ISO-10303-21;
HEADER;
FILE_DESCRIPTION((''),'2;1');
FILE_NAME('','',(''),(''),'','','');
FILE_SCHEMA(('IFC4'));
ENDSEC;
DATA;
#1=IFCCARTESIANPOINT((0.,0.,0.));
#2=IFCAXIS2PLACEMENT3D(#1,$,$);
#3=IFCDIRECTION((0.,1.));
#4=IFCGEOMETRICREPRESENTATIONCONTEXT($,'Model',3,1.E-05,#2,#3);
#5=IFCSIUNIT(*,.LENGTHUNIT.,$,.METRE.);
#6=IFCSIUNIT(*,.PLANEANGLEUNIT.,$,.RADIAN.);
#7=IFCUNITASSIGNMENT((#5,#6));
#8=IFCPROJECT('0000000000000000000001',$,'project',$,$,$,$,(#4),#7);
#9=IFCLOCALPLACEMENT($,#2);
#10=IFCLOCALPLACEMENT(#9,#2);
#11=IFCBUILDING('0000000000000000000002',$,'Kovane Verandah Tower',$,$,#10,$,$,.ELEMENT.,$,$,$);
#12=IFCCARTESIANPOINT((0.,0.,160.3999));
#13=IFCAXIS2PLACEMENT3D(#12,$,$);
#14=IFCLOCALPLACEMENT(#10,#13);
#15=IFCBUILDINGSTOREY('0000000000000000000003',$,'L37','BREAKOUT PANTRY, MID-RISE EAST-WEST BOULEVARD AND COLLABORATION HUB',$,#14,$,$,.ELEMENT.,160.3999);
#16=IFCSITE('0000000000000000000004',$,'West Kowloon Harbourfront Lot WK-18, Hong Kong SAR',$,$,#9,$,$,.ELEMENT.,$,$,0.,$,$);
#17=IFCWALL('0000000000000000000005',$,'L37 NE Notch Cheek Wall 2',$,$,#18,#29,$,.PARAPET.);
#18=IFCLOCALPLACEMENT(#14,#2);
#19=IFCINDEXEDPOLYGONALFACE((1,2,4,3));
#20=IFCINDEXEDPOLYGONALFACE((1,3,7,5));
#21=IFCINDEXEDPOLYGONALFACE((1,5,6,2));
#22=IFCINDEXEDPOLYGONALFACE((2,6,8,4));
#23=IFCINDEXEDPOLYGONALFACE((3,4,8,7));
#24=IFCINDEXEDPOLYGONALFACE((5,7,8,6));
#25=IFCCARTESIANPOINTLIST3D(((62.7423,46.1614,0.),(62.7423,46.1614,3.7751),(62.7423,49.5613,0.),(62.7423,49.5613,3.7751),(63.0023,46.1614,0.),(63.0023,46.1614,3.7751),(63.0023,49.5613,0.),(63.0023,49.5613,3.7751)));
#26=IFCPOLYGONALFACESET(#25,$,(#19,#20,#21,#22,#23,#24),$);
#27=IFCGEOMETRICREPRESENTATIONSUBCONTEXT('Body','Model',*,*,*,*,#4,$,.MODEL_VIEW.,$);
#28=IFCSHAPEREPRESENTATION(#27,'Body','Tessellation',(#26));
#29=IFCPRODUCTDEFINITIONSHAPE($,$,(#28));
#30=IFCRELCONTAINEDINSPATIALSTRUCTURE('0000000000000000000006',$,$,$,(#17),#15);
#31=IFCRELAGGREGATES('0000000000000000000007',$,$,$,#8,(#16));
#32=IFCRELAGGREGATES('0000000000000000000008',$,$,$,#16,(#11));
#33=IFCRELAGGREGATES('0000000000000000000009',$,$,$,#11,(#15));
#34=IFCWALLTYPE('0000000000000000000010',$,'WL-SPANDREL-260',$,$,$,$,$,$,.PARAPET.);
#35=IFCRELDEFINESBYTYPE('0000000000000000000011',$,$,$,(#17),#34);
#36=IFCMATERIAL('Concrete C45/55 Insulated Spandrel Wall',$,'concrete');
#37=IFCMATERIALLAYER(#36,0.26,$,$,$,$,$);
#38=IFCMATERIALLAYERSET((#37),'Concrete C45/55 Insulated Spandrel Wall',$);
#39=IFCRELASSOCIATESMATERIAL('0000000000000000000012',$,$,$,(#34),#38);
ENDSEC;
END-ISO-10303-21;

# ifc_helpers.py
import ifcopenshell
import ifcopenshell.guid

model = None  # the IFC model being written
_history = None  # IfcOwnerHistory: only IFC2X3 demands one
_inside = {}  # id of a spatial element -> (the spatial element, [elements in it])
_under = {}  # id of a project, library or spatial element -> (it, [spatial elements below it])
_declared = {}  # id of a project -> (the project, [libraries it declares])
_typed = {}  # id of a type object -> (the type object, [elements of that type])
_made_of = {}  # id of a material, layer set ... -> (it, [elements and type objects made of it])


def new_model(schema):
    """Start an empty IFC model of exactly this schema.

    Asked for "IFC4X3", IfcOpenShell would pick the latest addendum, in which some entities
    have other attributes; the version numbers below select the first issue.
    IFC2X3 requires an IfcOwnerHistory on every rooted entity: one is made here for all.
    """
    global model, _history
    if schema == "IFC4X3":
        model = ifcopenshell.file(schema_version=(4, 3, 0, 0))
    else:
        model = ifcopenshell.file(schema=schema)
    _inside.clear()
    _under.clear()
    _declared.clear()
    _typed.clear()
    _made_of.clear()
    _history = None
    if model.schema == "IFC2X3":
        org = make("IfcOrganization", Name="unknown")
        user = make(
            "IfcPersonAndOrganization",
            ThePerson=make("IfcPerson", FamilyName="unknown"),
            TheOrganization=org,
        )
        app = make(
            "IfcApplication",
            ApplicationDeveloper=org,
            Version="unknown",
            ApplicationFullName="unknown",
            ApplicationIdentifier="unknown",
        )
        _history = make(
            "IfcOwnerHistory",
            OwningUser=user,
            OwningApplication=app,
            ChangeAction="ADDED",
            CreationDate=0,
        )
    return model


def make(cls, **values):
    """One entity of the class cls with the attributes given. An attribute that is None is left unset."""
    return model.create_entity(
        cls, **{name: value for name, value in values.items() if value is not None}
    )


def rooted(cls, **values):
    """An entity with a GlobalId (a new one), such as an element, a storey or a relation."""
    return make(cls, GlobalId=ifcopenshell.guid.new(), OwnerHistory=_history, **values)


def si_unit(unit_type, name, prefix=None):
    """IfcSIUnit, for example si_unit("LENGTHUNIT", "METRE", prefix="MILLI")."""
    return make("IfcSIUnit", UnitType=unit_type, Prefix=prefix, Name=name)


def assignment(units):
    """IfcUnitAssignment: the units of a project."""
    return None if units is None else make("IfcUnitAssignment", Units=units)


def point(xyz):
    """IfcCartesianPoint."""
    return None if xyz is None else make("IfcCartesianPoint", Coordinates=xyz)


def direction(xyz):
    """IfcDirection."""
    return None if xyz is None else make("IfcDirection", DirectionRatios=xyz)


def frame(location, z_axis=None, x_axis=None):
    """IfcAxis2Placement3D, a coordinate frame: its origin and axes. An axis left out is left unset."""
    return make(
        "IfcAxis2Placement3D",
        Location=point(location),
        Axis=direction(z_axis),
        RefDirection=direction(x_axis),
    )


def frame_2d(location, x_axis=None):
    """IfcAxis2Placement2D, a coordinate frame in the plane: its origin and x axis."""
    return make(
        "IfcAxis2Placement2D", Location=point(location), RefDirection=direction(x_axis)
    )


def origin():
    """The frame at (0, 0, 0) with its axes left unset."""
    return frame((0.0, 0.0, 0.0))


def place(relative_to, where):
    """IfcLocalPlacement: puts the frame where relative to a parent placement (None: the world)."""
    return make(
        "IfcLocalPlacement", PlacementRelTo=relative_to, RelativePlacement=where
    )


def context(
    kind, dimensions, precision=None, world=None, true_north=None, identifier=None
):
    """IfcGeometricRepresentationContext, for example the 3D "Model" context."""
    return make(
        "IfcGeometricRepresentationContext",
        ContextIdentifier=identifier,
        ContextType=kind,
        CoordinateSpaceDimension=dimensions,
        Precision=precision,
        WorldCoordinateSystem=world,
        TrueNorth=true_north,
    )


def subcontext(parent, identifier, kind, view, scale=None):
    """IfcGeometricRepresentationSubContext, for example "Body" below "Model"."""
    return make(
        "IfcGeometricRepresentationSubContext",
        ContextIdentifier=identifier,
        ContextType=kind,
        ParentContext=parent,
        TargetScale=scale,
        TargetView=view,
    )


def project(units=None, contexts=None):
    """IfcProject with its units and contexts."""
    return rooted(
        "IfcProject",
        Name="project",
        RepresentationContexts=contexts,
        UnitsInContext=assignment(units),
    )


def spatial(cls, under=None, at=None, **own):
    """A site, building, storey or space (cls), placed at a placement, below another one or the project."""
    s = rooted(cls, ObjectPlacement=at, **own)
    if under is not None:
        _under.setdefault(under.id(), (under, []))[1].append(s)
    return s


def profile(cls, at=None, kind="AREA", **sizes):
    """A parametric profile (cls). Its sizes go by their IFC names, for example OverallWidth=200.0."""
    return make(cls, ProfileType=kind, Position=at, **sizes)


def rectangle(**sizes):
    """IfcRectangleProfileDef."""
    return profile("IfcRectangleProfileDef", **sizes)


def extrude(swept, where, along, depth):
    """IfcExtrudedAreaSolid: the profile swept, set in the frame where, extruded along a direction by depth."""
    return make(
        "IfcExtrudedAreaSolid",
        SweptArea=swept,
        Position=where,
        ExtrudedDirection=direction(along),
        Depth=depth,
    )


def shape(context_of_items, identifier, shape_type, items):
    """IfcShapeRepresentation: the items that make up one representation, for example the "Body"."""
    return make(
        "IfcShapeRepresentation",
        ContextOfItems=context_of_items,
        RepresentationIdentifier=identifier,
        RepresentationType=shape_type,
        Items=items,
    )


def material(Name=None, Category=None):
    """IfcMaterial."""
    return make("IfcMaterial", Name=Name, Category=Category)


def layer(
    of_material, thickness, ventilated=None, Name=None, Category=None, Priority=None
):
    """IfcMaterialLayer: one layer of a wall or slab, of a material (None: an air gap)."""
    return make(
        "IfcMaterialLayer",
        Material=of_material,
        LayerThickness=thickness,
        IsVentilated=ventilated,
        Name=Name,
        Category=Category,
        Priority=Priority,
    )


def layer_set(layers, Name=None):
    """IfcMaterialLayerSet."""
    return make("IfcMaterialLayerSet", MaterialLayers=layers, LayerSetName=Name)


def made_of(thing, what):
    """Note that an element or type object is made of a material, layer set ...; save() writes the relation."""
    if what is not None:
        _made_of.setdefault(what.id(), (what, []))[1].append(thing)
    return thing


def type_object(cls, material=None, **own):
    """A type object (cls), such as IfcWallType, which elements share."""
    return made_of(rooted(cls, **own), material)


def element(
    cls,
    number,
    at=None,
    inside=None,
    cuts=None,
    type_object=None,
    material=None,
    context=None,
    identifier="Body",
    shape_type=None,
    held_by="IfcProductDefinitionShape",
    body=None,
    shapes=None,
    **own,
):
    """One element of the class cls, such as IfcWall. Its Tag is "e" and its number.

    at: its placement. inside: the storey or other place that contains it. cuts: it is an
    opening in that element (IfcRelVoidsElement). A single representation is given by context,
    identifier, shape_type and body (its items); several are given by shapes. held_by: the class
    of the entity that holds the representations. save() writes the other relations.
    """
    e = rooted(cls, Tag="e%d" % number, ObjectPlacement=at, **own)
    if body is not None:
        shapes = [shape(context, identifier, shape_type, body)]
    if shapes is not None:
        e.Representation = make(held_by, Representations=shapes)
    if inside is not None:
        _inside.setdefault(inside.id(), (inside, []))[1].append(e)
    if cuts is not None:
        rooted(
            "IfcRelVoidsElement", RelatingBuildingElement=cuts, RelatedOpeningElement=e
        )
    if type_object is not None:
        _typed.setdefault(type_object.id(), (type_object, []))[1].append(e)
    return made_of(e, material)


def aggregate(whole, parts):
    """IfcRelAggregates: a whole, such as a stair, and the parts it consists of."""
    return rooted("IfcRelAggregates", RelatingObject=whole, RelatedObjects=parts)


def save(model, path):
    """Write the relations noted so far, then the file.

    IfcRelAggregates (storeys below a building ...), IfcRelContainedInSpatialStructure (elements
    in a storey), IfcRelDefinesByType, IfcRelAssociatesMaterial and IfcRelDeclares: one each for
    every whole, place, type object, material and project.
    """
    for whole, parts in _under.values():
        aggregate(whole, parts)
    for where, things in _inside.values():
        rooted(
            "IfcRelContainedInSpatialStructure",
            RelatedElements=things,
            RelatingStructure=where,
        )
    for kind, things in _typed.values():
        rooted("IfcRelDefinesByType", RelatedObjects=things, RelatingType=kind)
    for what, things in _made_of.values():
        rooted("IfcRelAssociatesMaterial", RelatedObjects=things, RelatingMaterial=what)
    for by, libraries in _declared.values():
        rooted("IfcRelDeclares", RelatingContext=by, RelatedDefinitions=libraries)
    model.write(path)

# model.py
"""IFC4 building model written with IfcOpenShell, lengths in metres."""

from ifc_helpers import new_model, si_unit, direction, frame, frame_2d, origin, place, context, subcontext, project, spatial, rectangle, extrude, material, layer, layer_set, type_object, element, save


model = new_model("IFC4")

# Units and contexts
model_context = context("Model", 3, precision=1e-05, world=origin(), true_north=direction((0.0, 1.0)))
body_context = subcontext(model_context, "Body", "Model", "MODEL_VIEW")
ifc_project = project(units=[si_unit("LENGTHUNIT", "METRE"), si_unit("PLANEANGLEUNIT", "RADIAN")], contexts=[model_context])

# Site, building, storey
site_placement = place(None, origin())
site = spatial("IfcSite", under=ifc_project, at=site_placement, Name="West Kowloon Harbourfront Lot WK-18, Hong Kong SAR", CompositionType="ELEMENT", RefElevation=0.0)
building_placement = place(site_placement, origin())
building = spatial("IfcBuilding", under=site, at=building_placement, Name="Kovane Verandah Tower", CompositionType="ELEMENT")
storey_placement = place(building_placement, frame((0.0, 0.0, 160.3999)))
storey = spatial("IfcBuildingStorey", under=building, at=storey_placement, Name="L37", Description="BREAKOUT PANTRY, MID-RISE EAST-WEST BOULEVARD AND COLLABORATION HUB", CompositionType="ELEMENT", Elevation=160.3999)

# Shared definitions
ifc_material_1 = material(Name="Concrete C45/55 Insulated Spandrel Wall", Category="concrete")
ifc_layer_1 = layer(ifc_material_1, 0.26)
ifc_layer_set_1 = layer_set([ifc_layer_1], Name="Concrete C45/55 Insulated Spandrel Wall")
wall_type = type_object("IfcWallType", Name="WL-SPANDREL-260", PredefinedType="PARAPET", material=ifc_layer_set_1)

# Wall
wall_1_placement = place(storey_placement, frame((62.8723, 46.1614, 0.0), z_axis=(0.0, 0.0, 1.0), x_axis=(0.0, 1.0, 0.0)))
element("IfcWall", 1, at=wall_1_placement, inside=storey, type_object=wall_type, Name="L37 NE Notch Cheek Wall 2", PredefinedType="PARAPET", context=body_context, shape_type="SweptSolid", body=[
    extrude(rectangle(XDim=3.3999, YDim=0.26, at=frame_2d((1.7, 0.0))), origin(), (0.0, 0.0, 1.0), 3.7751),
])

save(model, "model.ifc")
